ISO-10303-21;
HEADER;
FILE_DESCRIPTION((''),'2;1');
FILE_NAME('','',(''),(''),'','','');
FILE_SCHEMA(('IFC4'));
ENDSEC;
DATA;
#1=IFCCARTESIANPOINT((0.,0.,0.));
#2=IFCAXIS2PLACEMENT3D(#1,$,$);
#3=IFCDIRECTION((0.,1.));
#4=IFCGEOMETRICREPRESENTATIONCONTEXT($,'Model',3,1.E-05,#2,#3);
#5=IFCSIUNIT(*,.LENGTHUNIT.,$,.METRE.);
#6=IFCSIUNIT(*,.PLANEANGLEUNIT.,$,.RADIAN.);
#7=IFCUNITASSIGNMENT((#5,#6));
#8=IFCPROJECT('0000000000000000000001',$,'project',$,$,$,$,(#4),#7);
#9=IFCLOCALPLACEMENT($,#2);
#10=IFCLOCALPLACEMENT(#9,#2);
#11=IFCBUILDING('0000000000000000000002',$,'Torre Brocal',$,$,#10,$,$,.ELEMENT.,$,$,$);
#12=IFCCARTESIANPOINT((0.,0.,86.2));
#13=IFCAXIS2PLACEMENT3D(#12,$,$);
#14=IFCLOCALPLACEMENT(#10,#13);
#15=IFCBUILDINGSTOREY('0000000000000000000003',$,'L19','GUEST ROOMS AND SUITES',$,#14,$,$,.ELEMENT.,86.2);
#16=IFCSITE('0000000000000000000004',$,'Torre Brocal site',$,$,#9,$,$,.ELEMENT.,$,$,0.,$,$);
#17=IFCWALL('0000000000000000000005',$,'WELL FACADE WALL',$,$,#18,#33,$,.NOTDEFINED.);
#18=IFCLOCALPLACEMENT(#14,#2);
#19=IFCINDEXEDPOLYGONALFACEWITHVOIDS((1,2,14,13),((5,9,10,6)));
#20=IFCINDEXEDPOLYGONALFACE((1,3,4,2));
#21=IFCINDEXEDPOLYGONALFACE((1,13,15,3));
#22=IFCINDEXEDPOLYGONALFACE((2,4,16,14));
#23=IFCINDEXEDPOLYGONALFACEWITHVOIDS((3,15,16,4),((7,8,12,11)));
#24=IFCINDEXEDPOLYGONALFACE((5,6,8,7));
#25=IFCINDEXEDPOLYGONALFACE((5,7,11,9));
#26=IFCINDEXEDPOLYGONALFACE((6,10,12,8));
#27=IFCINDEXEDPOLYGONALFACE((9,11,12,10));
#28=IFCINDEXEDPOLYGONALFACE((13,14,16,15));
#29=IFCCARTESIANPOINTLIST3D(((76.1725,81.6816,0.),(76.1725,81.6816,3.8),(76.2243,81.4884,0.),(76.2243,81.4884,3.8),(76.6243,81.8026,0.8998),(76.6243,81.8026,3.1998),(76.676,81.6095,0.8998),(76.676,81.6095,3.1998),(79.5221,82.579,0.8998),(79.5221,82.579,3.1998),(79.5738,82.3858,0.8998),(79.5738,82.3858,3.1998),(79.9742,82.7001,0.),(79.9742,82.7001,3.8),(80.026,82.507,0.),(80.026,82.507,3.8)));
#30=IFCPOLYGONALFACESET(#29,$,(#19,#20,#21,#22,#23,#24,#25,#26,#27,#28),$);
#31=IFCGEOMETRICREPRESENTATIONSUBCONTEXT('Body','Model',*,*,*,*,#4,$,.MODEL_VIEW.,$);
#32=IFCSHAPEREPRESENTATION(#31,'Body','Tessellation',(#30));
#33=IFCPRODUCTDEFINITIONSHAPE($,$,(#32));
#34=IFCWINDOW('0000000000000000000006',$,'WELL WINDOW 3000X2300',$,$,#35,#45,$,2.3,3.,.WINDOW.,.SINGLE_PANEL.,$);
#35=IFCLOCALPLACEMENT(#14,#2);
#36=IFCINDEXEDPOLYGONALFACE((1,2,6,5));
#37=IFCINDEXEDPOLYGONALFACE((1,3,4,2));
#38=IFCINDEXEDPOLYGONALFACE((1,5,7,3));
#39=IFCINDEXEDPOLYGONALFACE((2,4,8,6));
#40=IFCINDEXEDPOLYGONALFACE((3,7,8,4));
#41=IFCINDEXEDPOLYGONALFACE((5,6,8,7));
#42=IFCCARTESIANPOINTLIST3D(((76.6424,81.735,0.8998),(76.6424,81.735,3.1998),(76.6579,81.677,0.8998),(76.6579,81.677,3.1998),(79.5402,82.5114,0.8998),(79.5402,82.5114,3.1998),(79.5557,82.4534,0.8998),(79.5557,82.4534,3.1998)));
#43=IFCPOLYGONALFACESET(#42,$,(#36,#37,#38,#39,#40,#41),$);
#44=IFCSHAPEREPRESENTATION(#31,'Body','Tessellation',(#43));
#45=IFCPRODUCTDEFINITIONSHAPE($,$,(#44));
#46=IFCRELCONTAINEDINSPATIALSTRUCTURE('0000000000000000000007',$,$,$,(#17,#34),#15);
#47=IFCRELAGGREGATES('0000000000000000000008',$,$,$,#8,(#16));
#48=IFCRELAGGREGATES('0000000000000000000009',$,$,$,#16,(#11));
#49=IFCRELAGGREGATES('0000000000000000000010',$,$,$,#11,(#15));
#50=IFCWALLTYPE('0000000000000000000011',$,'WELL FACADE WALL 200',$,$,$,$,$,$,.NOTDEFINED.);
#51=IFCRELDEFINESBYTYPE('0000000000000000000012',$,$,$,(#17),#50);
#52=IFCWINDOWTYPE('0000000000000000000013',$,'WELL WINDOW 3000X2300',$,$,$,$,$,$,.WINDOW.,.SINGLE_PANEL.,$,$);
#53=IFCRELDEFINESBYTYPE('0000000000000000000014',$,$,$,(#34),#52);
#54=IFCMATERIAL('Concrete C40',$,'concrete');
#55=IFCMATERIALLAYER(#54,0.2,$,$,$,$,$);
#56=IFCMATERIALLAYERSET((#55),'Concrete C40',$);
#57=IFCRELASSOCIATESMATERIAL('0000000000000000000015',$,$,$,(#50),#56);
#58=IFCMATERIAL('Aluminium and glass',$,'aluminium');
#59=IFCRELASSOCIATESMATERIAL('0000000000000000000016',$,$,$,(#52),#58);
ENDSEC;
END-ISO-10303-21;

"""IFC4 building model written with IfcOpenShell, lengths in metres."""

from ifc_helpers import new_model, si_unit, direction, frame, frame_2d, origin, place, context, subcontext, project, spatial, rectangle, extrude, material, layer, layer_set, type_object, element, fill, save


model = new_model("IFC4")

# Units and contexts
model_context = context("Model", 3, precision=1e-05, world=origin(), true_north=direction((0.0, 1.0)))
body_context = subcontext(model_context, "Body", "Model", "MODEL_VIEW")
ifc_project = project(units=[si_unit("LENGTHUNIT", "METRE"), si_unit("PLANEANGLEUNIT", "RADIAN")], contexts=[model_context])

# Site, building, storey
site_placement = place(None, origin())
site = spatial("IfcSite", under=ifc_project, at=site_placement, Name="Torre Brocal site", CompositionType="ELEMENT", RefElevation=0.0)
building_placement = place(site_placement, origin())
building = spatial("IfcBuilding", under=site, at=building_placement, Name="Torre Brocal", CompositionType="ELEMENT")
storey_placement = place(building_placement, frame((0.0, 0.0, 86.2)))
storey = spatial("IfcBuildingStorey", under=building, at=storey_placement, Name="L19", Description="GUEST ROOMS AND SUITES", CompositionType="ELEMENT", Elevation=86.2)

# Wall, opening, window
ifc_material_1 = material(Name="Concrete C40", Category="concrete")
ifc_layer_1 = layer(ifc_material_1, 0.2)
ifc_layer_set_1 = layer_set([ifc_layer_1], Name="Concrete C40")
wall_type_1 = type_object("IfcWallType", Name="WELL FACADE WALL 200", PredefinedType="NOTDEFINED", material=ifc_layer_set_1)
wall_1_placement = place(storey_placement, frame((80.0, 82.6035, 0.0), z_axis=(0.0, 0.0, 1.0), x_axis=(-0.965934, -0.25879, 0.0)))
wall_1 = element("IfcWall", 1, at=wall_1_placement, inside=storey, type_object=wall_type_1, Name="WELL FACADE WALL", PredefinedType="NOTDEFINED", context=body_context, shape_type="SweptSolid", body=[
    extrude(rectangle(XDim=3.9358, YDim=0.2, at=frame_2d((1.9678, 0.0))), origin(), (0.0, 0.0, 1.0), 3.8),
])
opening_1_placement = place(wall_1_placement, frame((0.468, 0.0, 0.8999)))
opening_1 = element("IfcOpeningElement", 2, at=opening_1_placement, cuts=wall_1, PredefinedType="OPENING", context=body_context, shape_type="SweptSolid", body=[
    extrude(rectangle(XDim=3.0, YDim=2.3, at=frame_2d((1.5, 1.1499))), frame((0.0, 0.1099, 0.0), z_axis=(0.0, -1.0, 0.0), x_axis=(1.0, 0.0, 0.0)), (0.0, 0.0, 1.0), 0.22),
])
ifc_material_2 = material(Name="Aluminium and glass", Category="aluminium")
window_type = type_object("IfcWindowType", Name="WELL WINDOW 3000X2300", PartitioningType="SINGLE_PANEL", PredefinedType="WINDOW", material=ifc_material_2)
window_placement = place(opening_1_placement, origin())
window = element("IfcWindow", 3, at=window_placement, inside=storey, type_object=window_type, Name="WELL WINDOW 3000X2300", OverallHeight=2.3, OverallWidth=3.0, PartitioningType="SINGLE_PANEL", PredefinedType="WINDOW", context=body_context, shape_type="SweptSolid", body=[
    extrude(rectangle(XDim=3.0, YDim=2.3, at=frame_2d((1.5, 1.1499))), frame((0.0, 0.03, 0.0), z_axis=(0.0, -1.0, 0.0), x_axis=(1.0, 0.0, 0.0)), (0.0, 0.0, 1.0), 0.0601),
])
fill(opening_1, window)

save(model, "model.ifc")
